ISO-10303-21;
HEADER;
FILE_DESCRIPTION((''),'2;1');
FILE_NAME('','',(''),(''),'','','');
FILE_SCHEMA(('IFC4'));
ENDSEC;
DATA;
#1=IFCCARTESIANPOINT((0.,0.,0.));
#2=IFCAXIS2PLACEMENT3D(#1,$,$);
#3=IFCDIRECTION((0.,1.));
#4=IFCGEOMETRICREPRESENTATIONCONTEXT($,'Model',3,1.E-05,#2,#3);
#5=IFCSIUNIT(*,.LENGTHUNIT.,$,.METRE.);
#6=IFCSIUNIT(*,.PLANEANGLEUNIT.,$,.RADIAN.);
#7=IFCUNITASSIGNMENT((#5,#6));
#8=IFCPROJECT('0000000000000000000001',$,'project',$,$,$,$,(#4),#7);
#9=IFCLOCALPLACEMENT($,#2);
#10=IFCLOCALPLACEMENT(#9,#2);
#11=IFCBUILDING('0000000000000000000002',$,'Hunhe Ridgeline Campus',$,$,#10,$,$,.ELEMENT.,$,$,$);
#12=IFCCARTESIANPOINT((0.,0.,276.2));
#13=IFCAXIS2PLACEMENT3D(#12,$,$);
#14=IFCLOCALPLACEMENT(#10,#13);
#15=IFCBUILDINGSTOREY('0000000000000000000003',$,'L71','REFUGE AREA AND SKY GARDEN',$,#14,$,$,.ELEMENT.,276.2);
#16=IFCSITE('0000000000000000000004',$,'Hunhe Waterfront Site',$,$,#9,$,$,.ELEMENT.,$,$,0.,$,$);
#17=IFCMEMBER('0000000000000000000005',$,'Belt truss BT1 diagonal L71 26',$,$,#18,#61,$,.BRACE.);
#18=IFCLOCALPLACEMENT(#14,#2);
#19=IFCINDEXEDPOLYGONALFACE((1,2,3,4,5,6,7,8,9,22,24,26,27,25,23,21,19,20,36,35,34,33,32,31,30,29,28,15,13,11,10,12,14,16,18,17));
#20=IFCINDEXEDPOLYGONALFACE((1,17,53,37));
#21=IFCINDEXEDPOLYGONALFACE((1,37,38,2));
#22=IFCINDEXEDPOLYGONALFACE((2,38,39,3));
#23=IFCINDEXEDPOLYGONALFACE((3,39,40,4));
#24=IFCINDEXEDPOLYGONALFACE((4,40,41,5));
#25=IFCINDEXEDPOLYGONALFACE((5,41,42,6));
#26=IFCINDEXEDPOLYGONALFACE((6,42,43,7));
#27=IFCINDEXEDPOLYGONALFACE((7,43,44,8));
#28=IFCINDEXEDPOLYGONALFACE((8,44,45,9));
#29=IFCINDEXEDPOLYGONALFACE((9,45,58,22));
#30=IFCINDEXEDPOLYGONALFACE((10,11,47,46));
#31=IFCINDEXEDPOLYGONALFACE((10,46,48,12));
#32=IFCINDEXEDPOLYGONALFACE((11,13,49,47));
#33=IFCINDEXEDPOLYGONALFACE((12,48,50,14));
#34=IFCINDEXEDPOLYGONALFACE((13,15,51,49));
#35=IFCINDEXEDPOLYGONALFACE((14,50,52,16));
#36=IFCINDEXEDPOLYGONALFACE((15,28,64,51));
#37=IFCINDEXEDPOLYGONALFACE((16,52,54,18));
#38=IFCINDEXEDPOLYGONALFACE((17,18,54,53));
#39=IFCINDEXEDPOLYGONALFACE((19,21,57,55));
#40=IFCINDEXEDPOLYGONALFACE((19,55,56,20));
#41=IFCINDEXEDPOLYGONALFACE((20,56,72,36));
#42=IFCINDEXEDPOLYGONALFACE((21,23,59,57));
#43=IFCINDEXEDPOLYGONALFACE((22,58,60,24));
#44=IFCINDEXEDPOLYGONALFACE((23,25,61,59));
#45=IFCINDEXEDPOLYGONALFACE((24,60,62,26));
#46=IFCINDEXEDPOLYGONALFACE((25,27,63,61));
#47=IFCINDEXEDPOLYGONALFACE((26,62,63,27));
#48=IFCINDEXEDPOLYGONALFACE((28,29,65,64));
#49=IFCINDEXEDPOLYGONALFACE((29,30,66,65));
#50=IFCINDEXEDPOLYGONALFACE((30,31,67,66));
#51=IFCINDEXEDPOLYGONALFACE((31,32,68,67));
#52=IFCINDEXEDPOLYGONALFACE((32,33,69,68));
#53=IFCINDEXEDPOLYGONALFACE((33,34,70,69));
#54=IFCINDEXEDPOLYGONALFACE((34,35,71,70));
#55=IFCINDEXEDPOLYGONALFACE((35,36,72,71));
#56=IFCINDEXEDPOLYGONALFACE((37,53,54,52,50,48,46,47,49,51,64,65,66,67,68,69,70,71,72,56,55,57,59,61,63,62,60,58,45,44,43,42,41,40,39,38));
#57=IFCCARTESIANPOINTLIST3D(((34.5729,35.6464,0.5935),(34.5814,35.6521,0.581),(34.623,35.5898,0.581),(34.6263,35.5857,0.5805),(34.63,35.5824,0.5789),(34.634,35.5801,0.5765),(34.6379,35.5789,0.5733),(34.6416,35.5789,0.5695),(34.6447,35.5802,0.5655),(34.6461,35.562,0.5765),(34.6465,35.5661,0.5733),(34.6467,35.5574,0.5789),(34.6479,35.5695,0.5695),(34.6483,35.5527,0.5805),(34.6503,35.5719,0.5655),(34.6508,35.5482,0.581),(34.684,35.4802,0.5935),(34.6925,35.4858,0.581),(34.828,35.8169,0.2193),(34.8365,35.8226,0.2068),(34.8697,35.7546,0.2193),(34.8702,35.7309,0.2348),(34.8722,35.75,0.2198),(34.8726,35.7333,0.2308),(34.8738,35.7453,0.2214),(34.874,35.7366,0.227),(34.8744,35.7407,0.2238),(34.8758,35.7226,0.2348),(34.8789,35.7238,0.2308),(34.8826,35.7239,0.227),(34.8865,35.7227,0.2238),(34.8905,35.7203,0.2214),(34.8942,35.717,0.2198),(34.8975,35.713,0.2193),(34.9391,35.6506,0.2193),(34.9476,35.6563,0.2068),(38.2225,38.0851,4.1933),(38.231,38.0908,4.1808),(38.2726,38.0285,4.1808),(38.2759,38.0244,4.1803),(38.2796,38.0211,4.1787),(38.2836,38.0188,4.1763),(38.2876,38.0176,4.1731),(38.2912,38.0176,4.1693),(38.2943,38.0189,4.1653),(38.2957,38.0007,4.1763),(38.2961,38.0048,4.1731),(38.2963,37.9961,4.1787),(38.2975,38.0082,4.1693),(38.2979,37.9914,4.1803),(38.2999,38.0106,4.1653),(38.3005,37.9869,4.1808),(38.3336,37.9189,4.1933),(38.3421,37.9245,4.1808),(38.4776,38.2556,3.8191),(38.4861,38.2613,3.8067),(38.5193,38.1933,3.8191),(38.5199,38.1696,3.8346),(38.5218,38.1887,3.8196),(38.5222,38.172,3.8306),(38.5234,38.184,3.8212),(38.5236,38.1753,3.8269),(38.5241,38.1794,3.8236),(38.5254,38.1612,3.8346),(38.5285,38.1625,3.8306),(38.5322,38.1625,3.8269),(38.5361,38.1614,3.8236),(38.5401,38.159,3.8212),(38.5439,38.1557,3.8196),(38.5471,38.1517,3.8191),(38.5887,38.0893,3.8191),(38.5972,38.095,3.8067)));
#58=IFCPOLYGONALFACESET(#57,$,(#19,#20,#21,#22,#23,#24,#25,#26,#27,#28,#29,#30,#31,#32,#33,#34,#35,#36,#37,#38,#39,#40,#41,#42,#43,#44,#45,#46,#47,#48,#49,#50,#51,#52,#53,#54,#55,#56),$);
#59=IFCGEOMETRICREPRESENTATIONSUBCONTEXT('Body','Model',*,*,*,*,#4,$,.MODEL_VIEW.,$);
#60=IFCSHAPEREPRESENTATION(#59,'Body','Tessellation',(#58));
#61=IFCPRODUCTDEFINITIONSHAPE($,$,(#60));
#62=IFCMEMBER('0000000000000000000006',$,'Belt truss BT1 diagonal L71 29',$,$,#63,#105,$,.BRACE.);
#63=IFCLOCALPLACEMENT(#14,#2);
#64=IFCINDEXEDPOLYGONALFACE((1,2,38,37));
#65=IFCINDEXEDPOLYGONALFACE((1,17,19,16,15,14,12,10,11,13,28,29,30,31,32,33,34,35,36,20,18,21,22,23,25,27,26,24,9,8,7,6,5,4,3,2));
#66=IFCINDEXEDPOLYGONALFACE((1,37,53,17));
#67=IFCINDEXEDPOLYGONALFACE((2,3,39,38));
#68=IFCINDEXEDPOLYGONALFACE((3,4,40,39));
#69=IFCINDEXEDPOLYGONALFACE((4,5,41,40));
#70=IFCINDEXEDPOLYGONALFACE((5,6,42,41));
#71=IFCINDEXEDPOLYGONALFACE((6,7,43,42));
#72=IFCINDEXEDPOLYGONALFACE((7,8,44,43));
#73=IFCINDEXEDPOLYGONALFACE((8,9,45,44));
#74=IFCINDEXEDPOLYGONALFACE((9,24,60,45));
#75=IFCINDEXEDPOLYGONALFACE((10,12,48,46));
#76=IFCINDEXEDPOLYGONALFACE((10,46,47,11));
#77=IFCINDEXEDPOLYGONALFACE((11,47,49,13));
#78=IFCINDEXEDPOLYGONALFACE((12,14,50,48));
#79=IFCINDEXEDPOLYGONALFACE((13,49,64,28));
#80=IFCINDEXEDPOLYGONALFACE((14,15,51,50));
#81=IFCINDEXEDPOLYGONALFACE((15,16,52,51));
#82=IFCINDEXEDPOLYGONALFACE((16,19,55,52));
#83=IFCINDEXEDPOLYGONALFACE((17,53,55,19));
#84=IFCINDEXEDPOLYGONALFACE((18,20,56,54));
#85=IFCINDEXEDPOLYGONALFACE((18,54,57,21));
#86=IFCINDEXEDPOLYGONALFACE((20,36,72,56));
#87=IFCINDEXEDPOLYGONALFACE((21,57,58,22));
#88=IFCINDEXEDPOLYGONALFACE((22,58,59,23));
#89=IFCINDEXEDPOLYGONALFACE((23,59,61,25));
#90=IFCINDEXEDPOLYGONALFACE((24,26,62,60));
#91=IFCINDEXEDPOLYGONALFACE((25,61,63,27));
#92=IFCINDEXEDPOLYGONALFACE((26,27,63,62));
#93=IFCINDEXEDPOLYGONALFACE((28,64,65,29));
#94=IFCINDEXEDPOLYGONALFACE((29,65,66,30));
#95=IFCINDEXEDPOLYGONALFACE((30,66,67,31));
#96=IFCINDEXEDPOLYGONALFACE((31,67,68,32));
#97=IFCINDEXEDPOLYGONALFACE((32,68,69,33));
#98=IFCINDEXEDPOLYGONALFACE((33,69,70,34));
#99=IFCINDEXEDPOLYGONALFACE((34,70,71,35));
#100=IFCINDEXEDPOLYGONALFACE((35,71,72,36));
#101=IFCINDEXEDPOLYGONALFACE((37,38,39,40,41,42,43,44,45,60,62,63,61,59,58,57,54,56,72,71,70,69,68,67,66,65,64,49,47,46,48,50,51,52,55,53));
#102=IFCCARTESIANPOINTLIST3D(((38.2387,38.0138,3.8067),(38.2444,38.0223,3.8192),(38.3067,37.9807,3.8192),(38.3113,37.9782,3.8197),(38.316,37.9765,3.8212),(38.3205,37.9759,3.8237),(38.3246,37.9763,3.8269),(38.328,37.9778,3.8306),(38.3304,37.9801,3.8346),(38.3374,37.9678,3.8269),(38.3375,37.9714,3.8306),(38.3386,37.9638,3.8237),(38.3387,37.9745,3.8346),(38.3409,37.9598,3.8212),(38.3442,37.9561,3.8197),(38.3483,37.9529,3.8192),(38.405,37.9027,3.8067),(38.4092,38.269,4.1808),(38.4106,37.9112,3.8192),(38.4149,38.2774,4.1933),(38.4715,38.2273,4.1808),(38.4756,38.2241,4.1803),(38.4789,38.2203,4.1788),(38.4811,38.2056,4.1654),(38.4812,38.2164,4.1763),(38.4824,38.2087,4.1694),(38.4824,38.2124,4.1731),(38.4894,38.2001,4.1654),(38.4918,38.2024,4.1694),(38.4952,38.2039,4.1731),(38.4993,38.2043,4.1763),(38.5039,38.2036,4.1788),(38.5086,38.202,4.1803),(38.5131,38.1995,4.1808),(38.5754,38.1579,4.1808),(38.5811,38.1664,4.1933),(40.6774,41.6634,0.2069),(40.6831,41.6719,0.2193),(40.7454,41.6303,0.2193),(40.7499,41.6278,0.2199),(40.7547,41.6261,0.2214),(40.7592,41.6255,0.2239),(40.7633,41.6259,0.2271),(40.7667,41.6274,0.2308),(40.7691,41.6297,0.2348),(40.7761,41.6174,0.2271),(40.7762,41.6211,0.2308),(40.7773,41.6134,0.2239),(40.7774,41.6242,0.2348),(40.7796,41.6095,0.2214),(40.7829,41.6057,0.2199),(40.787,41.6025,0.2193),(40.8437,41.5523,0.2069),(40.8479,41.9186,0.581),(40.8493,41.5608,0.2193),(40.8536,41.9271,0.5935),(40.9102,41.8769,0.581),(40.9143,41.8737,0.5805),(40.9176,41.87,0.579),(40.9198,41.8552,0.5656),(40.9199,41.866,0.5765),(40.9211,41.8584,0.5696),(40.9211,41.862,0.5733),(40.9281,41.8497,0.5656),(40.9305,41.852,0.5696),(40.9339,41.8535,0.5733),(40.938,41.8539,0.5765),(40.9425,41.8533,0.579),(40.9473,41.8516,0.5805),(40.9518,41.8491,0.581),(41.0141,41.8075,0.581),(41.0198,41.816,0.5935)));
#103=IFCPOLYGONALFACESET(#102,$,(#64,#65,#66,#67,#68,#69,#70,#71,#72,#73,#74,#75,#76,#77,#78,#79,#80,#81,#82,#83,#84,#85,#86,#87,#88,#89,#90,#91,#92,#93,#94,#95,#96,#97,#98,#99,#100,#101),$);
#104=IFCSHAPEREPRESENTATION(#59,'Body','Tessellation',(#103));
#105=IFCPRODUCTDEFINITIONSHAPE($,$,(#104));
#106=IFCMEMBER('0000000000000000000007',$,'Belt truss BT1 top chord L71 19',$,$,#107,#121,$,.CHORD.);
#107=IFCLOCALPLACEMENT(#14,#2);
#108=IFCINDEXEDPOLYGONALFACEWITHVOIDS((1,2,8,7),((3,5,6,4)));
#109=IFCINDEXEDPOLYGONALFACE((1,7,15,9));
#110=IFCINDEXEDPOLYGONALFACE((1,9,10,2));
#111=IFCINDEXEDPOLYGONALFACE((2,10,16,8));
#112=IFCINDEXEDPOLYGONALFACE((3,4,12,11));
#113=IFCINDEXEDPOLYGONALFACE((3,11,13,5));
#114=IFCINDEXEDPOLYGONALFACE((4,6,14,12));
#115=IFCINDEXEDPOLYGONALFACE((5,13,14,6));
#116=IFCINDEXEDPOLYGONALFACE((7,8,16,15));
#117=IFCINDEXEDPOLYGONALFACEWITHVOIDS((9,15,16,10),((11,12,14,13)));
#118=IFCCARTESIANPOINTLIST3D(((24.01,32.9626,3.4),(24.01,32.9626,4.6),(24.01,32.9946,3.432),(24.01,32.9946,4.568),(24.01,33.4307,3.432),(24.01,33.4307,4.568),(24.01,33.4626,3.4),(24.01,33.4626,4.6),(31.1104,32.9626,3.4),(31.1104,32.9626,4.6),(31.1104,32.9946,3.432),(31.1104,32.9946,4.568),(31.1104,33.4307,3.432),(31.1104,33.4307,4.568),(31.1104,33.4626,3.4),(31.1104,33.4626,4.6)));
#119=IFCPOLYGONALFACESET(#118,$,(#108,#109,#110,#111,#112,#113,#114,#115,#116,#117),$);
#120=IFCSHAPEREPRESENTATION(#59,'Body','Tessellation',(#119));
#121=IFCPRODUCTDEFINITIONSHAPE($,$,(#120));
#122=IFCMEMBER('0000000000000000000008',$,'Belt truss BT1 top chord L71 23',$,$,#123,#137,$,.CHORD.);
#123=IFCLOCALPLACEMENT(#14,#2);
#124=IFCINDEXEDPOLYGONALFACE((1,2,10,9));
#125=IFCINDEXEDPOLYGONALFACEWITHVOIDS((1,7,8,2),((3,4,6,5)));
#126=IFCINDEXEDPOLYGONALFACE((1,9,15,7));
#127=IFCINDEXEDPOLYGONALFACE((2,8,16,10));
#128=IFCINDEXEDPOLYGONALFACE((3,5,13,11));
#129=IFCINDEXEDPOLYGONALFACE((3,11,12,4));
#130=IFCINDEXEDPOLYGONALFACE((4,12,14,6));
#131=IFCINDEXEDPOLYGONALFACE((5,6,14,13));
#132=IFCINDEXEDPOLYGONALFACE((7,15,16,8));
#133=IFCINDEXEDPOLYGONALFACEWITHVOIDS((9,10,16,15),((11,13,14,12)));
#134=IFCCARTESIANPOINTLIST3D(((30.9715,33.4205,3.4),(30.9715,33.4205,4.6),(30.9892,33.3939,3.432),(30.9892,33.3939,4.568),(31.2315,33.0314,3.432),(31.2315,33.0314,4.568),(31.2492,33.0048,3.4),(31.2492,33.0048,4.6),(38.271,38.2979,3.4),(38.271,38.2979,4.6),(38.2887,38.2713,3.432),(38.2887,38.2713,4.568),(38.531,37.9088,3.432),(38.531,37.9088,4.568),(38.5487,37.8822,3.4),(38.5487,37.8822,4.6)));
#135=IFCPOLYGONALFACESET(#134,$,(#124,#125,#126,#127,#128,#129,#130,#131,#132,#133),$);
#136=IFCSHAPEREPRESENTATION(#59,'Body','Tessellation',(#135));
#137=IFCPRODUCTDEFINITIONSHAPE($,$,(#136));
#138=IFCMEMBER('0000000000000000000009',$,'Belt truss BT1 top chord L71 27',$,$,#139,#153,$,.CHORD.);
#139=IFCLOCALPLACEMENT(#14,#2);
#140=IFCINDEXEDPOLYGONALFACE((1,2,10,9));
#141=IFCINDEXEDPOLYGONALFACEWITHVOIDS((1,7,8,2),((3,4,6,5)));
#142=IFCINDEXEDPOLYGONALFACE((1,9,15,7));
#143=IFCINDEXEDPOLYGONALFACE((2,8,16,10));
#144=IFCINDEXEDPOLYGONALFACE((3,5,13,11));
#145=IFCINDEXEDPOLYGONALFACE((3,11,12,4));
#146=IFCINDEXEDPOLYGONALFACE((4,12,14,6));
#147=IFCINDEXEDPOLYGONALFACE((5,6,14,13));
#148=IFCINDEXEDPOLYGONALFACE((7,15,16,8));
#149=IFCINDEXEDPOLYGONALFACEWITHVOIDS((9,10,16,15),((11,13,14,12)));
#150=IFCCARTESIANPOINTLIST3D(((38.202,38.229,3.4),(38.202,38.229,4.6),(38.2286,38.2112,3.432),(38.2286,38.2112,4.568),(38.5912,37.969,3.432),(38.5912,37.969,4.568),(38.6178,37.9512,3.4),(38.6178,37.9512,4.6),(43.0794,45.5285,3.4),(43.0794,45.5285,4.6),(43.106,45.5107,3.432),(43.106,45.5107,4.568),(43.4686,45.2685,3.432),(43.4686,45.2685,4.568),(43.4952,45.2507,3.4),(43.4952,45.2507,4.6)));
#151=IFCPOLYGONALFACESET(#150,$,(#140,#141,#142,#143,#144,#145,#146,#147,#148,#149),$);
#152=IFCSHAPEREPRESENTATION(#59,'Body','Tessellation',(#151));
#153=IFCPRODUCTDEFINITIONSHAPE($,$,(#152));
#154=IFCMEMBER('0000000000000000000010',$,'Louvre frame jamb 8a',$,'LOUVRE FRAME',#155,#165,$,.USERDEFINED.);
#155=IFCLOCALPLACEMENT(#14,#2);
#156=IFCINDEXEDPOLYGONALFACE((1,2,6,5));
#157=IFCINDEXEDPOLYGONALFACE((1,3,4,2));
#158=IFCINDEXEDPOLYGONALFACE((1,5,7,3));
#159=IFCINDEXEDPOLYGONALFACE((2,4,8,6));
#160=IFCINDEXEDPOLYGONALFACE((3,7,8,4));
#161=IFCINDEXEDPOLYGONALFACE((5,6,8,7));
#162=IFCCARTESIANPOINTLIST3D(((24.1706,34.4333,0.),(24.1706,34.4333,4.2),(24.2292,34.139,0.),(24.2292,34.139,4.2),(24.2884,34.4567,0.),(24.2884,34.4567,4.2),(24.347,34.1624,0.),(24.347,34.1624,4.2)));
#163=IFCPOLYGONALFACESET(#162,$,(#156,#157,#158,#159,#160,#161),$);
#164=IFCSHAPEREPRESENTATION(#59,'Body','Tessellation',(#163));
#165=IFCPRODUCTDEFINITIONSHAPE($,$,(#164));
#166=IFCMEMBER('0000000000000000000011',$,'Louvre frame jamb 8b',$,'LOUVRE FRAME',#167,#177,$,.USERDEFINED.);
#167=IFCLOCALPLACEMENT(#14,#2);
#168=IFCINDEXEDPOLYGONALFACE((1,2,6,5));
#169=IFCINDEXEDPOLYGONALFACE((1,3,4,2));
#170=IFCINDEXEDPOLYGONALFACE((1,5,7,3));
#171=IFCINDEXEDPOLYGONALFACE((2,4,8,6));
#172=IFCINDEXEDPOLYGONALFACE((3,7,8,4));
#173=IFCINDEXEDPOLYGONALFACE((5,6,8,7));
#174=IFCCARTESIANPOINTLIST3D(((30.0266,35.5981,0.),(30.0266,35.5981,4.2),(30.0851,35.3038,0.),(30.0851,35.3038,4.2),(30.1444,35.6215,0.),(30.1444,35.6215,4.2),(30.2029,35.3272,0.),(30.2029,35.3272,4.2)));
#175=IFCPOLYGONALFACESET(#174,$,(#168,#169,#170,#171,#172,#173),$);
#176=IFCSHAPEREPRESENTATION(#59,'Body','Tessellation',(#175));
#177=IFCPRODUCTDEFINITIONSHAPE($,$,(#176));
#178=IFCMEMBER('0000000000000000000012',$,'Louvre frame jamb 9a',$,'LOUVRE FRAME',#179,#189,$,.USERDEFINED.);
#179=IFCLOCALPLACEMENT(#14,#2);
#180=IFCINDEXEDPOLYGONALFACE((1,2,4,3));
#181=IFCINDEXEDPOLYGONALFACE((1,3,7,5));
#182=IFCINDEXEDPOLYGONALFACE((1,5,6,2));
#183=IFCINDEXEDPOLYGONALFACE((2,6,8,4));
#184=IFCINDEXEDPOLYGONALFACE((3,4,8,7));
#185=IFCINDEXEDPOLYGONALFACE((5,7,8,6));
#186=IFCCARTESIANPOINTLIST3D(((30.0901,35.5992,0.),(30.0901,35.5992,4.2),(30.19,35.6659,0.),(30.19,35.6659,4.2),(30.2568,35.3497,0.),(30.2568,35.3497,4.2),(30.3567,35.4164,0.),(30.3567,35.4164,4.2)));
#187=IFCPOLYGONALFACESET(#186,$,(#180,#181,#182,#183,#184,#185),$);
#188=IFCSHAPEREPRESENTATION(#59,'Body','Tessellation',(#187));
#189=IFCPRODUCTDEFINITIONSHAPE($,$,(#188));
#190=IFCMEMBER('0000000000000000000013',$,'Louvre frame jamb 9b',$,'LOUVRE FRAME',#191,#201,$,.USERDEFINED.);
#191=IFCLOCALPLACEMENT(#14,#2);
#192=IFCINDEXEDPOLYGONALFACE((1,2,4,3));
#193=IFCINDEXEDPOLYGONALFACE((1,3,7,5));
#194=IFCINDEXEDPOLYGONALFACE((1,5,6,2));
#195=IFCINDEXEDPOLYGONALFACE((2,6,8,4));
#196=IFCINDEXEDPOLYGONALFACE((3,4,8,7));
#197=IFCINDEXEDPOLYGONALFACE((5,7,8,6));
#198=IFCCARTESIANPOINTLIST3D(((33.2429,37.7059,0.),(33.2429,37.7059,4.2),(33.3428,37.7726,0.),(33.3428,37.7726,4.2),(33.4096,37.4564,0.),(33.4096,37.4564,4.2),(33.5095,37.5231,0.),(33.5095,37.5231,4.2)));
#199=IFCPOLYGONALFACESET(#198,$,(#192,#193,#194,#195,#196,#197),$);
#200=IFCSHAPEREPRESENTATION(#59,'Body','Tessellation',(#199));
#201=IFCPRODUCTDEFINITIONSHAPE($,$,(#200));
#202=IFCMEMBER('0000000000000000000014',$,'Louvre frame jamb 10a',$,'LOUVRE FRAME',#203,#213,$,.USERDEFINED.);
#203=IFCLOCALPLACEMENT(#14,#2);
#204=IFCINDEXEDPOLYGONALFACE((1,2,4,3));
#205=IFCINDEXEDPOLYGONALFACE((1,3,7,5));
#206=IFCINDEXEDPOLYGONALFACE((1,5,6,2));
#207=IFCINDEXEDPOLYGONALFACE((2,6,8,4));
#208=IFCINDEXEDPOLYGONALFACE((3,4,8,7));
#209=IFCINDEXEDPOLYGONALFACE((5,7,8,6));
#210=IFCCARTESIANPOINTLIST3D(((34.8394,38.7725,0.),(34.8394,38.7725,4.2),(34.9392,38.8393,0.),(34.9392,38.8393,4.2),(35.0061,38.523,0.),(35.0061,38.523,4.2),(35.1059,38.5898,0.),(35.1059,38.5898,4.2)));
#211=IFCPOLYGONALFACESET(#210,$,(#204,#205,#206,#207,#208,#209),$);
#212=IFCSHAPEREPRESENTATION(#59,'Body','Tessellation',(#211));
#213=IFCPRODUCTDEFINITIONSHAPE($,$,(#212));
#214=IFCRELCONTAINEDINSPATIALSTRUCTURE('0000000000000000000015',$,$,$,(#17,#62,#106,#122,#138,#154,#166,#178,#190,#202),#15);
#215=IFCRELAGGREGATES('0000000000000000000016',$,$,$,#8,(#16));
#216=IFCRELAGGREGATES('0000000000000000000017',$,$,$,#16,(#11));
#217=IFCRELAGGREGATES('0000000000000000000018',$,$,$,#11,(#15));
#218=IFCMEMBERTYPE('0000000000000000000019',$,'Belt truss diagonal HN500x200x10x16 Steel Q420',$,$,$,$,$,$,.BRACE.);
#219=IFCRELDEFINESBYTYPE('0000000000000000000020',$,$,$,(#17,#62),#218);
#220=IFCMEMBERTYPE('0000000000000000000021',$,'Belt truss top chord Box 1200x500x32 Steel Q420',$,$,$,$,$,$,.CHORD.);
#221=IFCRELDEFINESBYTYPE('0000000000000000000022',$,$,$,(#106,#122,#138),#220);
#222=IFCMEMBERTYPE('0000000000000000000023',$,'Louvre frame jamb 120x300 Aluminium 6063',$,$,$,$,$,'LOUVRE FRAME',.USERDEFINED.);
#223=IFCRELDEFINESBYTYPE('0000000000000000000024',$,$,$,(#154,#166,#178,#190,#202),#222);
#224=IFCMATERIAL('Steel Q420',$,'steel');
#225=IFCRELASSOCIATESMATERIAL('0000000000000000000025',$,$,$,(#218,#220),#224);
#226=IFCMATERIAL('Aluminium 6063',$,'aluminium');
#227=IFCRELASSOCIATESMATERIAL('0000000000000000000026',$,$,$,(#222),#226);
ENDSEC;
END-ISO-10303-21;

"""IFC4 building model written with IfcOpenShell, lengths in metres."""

from ifc_helpers import new_model, si_unit, direction, frame, origin, origin_2d, place, context, subcontext, project, spatial, rectangle, hollow_rectangle, i_section, extrude, material, material_profile, profile_set, type_object, element, save


model = new_model("IFC4")

# Units and contexts
model_context = context("Model", 3, precision=1e-05, world=origin(), true_north=direction((0.0, 1.0)))
body_context = subcontext(model_context, "Body", "Model", "MODEL_VIEW")
ifc_project = project(units=[si_unit("LENGTHUNIT", "METRE"), si_unit("PLANEANGLEUNIT", "RADIAN")], contexts=[model_context])

# Site, building, storey
site_placement = place(None, origin())
site = spatial("IfcSite", under=ifc_project, at=site_placement, Name="Hunhe Waterfront Site", CompositionType="ELEMENT", RefElevation=0.0)
building_placement = place(site_placement, origin())
building = spatial("IfcBuilding", under=site, at=building_placement, Name="Hunhe Ridgeline Campus", CompositionType="ELEMENT")
storey_placement = place(building_placement, frame((0.0, 0.0, 276.2)))
storey = spatial("IfcBuildingStorey", under=building, at=storey_placement, Name="L71", Description="REFUGE AREA AND SKY GARDEN", CompositionType="ELEMENT", Elevation=276.2)

# Members
ifc_material_1 = material(Name="Steel Q420", Category="steel")
ifc_material_profile_1 = material_profile(ifc_material_1, i_section(OverallWidth=0.2, OverallDepth=0.5, WebThickness=0.01, FlangeThickness=0.0161, FilletRadius=0.02, at=origin_2d()))
ifc_profile_set_1 = profile_set([ifc_material_profile_1], Name="Steel Q420")
member_type_1 = type_object("IfcMemberType", Name="Belt truss diagonal HN500x200x10x16 Steel Q420", PredefinedType="BRACE", material=ifc_profile_set_1)
for number, where, z_axis, x_axis, name in (
    (1, (34.7603, 35.6514, 0.4001), (0.642905, 0.429593, 0.634132), (-0.555586, 0.831459, 0.0), "Belt truss BT1 diagonal L71 26"),
    (2, (38.4099, 38.0901, 4.0), (0.429593, 0.642905, -0.634132), (-0.831459, 0.555586, 0.0), "Belt truss BT1 diagonal L71 29"),
):
    element("IfcMember", number, at=place(storey_placement, frame(where, z_axis=z_axis, x_axis=x_axis)), inside=storey, type_object=member_type_1, Name=name, PredefinedType="BRACE", context=body_context, shape_type="SweptSolid", body=[
        extrude(i_section(OverallWidth=0.2, OverallDepth=0.5, WebThickness=0.01, FlangeThickness=0.0161, FilletRadius=0.02, at=origin_2d()), origin(), (0.0, 0.0, 1.0), 5.6768),
    ])
ifc_material_profile_2 = material_profile(ifc_material_1, hollow_rectangle(XDim=0.5, YDim=1.2, WallThickness=0.032, at=origin_2d()))
ifc_profile_set_2 = profile_set([ifc_material_profile_2], Name="Steel Q420")
member_type_2 = type_object("IfcMemberType", Name="Belt truss top chord Box 1200x500x32 Steel Q420", PredefinedType="CHORD", material=ifc_profile_set_2)
member_1_placement = place(storey_placement, frame((24.01, 33.2126, 4.0), z_axis=(1.0, 0.0, 0.0), x_axis=(0.0, 1.0, 0.0)))
element("IfcMember", 3, at=member_1_placement, inside=storey, type_object=member_type_2, Name="Belt truss BT1 top chord L71 19", PredefinedType="CHORD", context=body_context, shape_type="SweptSolid", body=[
    extrude(hollow_rectangle(XDim=0.5, YDim=1.2, WallThickness=0.032, at=origin_2d()), origin(), (0.0, 0.0, 1.0), 7.1003),
])
for number, where, z_axis, x_axis, name in (
    (4, (31.1104, 33.2126, 4.0), (0.831468, 0.555573, 0.0), (-0.555573, 0.831468, 0.0), "Belt truss BT1 top chord L71 23"),
    (5, (38.4099, 38.0901, 4.0), (0.555573, 0.831468, 0.0), (-0.831468, 0.555573, 0.0), "Belt truss BT1 top chord L71 27"),
):
    element("IfcMember", number, at=place(storey_placement, frame(where, z_axis=z_axis, x_axis=x_axis)), inside=storey, type_object=member_type_2, Name=name, PredefinedType="CHORD", context=body_context, shape_type="SweptSolid", body=[
        extrude(hollow_rectangle(XDim=0.5, YDim=1.2, WallThickness=0.032, at=origin_2d()), origin(), (0.0, 0.0, 1.0), 8.7791),
    ])
ifc_material_2 = material(Name="Aluminium 6063", Category="aluminium")
ifc_material_profile_3 = material_profile(ifc_material_2, rectangle(XDim=0.3, YDim=0.1201, at=origin_2d()))
ifc_profile_set_3 = profile_set([ifc_material_profile_3], Name="Aluminium 6063")
member_type_3 = type_object("IfcMemberType", Name="Louvre frame jamb 120x300 Aluminium 6063", ElementType="LOUVRE FRAME", PredefinedType="USERDEFINED", material=ifc_profile_set_3)
for number, where, z_axis, x_axis, name in (
    (6, (24.2588, 34.2979, 0.0), (0.0, 0.0, 1.0), (-0.19509, 0.980785, 0.0), "Louvre frame jamb 8a"),
    (7, (30.1147, 35.4626, 0.0), (0.0, 0.0, 1.0), (-0.19509, 0.980785, 0.0), "Louvre frame jamb 8b"),
    (8, (30.2234, 35.5078, 0.0), (0.0, 0.0, 1.0), (-0.55557, 0.83147, 0.0), "Louvre frame jamb 9a"),
    (9, (33.3762, 37.6145, 0.0), (0.0, 0.0, 1.0), (-0.55557, 0.83147, 0.0), "Louvre frame jamb 9b"),
    (10, (34.9727, 38.6812, 0.0), (0.0, 0.0, 1.0), (-0.55557, 0.83147, 0.0), "Louvre frame jamb 10a"),
):
    element("IfcMember", number, at=place(storey_placement, frame(where, z_axis=z_axis, x_axis=x_axis)), inside=storey, type_object=member_type_3, Name=name, ObjectType="LOUVRE FRAME", PredefinedType="USERDEFINED", context=body_context, shape_type="SweptSolid", body=[
        extrude(rectangle(XDim=0.3, YDim=0.1201, at=origin_2d()), origin(), (0.0, 0.0, 1.0), 4.2),
    ])

save(model, "model.ifc")
